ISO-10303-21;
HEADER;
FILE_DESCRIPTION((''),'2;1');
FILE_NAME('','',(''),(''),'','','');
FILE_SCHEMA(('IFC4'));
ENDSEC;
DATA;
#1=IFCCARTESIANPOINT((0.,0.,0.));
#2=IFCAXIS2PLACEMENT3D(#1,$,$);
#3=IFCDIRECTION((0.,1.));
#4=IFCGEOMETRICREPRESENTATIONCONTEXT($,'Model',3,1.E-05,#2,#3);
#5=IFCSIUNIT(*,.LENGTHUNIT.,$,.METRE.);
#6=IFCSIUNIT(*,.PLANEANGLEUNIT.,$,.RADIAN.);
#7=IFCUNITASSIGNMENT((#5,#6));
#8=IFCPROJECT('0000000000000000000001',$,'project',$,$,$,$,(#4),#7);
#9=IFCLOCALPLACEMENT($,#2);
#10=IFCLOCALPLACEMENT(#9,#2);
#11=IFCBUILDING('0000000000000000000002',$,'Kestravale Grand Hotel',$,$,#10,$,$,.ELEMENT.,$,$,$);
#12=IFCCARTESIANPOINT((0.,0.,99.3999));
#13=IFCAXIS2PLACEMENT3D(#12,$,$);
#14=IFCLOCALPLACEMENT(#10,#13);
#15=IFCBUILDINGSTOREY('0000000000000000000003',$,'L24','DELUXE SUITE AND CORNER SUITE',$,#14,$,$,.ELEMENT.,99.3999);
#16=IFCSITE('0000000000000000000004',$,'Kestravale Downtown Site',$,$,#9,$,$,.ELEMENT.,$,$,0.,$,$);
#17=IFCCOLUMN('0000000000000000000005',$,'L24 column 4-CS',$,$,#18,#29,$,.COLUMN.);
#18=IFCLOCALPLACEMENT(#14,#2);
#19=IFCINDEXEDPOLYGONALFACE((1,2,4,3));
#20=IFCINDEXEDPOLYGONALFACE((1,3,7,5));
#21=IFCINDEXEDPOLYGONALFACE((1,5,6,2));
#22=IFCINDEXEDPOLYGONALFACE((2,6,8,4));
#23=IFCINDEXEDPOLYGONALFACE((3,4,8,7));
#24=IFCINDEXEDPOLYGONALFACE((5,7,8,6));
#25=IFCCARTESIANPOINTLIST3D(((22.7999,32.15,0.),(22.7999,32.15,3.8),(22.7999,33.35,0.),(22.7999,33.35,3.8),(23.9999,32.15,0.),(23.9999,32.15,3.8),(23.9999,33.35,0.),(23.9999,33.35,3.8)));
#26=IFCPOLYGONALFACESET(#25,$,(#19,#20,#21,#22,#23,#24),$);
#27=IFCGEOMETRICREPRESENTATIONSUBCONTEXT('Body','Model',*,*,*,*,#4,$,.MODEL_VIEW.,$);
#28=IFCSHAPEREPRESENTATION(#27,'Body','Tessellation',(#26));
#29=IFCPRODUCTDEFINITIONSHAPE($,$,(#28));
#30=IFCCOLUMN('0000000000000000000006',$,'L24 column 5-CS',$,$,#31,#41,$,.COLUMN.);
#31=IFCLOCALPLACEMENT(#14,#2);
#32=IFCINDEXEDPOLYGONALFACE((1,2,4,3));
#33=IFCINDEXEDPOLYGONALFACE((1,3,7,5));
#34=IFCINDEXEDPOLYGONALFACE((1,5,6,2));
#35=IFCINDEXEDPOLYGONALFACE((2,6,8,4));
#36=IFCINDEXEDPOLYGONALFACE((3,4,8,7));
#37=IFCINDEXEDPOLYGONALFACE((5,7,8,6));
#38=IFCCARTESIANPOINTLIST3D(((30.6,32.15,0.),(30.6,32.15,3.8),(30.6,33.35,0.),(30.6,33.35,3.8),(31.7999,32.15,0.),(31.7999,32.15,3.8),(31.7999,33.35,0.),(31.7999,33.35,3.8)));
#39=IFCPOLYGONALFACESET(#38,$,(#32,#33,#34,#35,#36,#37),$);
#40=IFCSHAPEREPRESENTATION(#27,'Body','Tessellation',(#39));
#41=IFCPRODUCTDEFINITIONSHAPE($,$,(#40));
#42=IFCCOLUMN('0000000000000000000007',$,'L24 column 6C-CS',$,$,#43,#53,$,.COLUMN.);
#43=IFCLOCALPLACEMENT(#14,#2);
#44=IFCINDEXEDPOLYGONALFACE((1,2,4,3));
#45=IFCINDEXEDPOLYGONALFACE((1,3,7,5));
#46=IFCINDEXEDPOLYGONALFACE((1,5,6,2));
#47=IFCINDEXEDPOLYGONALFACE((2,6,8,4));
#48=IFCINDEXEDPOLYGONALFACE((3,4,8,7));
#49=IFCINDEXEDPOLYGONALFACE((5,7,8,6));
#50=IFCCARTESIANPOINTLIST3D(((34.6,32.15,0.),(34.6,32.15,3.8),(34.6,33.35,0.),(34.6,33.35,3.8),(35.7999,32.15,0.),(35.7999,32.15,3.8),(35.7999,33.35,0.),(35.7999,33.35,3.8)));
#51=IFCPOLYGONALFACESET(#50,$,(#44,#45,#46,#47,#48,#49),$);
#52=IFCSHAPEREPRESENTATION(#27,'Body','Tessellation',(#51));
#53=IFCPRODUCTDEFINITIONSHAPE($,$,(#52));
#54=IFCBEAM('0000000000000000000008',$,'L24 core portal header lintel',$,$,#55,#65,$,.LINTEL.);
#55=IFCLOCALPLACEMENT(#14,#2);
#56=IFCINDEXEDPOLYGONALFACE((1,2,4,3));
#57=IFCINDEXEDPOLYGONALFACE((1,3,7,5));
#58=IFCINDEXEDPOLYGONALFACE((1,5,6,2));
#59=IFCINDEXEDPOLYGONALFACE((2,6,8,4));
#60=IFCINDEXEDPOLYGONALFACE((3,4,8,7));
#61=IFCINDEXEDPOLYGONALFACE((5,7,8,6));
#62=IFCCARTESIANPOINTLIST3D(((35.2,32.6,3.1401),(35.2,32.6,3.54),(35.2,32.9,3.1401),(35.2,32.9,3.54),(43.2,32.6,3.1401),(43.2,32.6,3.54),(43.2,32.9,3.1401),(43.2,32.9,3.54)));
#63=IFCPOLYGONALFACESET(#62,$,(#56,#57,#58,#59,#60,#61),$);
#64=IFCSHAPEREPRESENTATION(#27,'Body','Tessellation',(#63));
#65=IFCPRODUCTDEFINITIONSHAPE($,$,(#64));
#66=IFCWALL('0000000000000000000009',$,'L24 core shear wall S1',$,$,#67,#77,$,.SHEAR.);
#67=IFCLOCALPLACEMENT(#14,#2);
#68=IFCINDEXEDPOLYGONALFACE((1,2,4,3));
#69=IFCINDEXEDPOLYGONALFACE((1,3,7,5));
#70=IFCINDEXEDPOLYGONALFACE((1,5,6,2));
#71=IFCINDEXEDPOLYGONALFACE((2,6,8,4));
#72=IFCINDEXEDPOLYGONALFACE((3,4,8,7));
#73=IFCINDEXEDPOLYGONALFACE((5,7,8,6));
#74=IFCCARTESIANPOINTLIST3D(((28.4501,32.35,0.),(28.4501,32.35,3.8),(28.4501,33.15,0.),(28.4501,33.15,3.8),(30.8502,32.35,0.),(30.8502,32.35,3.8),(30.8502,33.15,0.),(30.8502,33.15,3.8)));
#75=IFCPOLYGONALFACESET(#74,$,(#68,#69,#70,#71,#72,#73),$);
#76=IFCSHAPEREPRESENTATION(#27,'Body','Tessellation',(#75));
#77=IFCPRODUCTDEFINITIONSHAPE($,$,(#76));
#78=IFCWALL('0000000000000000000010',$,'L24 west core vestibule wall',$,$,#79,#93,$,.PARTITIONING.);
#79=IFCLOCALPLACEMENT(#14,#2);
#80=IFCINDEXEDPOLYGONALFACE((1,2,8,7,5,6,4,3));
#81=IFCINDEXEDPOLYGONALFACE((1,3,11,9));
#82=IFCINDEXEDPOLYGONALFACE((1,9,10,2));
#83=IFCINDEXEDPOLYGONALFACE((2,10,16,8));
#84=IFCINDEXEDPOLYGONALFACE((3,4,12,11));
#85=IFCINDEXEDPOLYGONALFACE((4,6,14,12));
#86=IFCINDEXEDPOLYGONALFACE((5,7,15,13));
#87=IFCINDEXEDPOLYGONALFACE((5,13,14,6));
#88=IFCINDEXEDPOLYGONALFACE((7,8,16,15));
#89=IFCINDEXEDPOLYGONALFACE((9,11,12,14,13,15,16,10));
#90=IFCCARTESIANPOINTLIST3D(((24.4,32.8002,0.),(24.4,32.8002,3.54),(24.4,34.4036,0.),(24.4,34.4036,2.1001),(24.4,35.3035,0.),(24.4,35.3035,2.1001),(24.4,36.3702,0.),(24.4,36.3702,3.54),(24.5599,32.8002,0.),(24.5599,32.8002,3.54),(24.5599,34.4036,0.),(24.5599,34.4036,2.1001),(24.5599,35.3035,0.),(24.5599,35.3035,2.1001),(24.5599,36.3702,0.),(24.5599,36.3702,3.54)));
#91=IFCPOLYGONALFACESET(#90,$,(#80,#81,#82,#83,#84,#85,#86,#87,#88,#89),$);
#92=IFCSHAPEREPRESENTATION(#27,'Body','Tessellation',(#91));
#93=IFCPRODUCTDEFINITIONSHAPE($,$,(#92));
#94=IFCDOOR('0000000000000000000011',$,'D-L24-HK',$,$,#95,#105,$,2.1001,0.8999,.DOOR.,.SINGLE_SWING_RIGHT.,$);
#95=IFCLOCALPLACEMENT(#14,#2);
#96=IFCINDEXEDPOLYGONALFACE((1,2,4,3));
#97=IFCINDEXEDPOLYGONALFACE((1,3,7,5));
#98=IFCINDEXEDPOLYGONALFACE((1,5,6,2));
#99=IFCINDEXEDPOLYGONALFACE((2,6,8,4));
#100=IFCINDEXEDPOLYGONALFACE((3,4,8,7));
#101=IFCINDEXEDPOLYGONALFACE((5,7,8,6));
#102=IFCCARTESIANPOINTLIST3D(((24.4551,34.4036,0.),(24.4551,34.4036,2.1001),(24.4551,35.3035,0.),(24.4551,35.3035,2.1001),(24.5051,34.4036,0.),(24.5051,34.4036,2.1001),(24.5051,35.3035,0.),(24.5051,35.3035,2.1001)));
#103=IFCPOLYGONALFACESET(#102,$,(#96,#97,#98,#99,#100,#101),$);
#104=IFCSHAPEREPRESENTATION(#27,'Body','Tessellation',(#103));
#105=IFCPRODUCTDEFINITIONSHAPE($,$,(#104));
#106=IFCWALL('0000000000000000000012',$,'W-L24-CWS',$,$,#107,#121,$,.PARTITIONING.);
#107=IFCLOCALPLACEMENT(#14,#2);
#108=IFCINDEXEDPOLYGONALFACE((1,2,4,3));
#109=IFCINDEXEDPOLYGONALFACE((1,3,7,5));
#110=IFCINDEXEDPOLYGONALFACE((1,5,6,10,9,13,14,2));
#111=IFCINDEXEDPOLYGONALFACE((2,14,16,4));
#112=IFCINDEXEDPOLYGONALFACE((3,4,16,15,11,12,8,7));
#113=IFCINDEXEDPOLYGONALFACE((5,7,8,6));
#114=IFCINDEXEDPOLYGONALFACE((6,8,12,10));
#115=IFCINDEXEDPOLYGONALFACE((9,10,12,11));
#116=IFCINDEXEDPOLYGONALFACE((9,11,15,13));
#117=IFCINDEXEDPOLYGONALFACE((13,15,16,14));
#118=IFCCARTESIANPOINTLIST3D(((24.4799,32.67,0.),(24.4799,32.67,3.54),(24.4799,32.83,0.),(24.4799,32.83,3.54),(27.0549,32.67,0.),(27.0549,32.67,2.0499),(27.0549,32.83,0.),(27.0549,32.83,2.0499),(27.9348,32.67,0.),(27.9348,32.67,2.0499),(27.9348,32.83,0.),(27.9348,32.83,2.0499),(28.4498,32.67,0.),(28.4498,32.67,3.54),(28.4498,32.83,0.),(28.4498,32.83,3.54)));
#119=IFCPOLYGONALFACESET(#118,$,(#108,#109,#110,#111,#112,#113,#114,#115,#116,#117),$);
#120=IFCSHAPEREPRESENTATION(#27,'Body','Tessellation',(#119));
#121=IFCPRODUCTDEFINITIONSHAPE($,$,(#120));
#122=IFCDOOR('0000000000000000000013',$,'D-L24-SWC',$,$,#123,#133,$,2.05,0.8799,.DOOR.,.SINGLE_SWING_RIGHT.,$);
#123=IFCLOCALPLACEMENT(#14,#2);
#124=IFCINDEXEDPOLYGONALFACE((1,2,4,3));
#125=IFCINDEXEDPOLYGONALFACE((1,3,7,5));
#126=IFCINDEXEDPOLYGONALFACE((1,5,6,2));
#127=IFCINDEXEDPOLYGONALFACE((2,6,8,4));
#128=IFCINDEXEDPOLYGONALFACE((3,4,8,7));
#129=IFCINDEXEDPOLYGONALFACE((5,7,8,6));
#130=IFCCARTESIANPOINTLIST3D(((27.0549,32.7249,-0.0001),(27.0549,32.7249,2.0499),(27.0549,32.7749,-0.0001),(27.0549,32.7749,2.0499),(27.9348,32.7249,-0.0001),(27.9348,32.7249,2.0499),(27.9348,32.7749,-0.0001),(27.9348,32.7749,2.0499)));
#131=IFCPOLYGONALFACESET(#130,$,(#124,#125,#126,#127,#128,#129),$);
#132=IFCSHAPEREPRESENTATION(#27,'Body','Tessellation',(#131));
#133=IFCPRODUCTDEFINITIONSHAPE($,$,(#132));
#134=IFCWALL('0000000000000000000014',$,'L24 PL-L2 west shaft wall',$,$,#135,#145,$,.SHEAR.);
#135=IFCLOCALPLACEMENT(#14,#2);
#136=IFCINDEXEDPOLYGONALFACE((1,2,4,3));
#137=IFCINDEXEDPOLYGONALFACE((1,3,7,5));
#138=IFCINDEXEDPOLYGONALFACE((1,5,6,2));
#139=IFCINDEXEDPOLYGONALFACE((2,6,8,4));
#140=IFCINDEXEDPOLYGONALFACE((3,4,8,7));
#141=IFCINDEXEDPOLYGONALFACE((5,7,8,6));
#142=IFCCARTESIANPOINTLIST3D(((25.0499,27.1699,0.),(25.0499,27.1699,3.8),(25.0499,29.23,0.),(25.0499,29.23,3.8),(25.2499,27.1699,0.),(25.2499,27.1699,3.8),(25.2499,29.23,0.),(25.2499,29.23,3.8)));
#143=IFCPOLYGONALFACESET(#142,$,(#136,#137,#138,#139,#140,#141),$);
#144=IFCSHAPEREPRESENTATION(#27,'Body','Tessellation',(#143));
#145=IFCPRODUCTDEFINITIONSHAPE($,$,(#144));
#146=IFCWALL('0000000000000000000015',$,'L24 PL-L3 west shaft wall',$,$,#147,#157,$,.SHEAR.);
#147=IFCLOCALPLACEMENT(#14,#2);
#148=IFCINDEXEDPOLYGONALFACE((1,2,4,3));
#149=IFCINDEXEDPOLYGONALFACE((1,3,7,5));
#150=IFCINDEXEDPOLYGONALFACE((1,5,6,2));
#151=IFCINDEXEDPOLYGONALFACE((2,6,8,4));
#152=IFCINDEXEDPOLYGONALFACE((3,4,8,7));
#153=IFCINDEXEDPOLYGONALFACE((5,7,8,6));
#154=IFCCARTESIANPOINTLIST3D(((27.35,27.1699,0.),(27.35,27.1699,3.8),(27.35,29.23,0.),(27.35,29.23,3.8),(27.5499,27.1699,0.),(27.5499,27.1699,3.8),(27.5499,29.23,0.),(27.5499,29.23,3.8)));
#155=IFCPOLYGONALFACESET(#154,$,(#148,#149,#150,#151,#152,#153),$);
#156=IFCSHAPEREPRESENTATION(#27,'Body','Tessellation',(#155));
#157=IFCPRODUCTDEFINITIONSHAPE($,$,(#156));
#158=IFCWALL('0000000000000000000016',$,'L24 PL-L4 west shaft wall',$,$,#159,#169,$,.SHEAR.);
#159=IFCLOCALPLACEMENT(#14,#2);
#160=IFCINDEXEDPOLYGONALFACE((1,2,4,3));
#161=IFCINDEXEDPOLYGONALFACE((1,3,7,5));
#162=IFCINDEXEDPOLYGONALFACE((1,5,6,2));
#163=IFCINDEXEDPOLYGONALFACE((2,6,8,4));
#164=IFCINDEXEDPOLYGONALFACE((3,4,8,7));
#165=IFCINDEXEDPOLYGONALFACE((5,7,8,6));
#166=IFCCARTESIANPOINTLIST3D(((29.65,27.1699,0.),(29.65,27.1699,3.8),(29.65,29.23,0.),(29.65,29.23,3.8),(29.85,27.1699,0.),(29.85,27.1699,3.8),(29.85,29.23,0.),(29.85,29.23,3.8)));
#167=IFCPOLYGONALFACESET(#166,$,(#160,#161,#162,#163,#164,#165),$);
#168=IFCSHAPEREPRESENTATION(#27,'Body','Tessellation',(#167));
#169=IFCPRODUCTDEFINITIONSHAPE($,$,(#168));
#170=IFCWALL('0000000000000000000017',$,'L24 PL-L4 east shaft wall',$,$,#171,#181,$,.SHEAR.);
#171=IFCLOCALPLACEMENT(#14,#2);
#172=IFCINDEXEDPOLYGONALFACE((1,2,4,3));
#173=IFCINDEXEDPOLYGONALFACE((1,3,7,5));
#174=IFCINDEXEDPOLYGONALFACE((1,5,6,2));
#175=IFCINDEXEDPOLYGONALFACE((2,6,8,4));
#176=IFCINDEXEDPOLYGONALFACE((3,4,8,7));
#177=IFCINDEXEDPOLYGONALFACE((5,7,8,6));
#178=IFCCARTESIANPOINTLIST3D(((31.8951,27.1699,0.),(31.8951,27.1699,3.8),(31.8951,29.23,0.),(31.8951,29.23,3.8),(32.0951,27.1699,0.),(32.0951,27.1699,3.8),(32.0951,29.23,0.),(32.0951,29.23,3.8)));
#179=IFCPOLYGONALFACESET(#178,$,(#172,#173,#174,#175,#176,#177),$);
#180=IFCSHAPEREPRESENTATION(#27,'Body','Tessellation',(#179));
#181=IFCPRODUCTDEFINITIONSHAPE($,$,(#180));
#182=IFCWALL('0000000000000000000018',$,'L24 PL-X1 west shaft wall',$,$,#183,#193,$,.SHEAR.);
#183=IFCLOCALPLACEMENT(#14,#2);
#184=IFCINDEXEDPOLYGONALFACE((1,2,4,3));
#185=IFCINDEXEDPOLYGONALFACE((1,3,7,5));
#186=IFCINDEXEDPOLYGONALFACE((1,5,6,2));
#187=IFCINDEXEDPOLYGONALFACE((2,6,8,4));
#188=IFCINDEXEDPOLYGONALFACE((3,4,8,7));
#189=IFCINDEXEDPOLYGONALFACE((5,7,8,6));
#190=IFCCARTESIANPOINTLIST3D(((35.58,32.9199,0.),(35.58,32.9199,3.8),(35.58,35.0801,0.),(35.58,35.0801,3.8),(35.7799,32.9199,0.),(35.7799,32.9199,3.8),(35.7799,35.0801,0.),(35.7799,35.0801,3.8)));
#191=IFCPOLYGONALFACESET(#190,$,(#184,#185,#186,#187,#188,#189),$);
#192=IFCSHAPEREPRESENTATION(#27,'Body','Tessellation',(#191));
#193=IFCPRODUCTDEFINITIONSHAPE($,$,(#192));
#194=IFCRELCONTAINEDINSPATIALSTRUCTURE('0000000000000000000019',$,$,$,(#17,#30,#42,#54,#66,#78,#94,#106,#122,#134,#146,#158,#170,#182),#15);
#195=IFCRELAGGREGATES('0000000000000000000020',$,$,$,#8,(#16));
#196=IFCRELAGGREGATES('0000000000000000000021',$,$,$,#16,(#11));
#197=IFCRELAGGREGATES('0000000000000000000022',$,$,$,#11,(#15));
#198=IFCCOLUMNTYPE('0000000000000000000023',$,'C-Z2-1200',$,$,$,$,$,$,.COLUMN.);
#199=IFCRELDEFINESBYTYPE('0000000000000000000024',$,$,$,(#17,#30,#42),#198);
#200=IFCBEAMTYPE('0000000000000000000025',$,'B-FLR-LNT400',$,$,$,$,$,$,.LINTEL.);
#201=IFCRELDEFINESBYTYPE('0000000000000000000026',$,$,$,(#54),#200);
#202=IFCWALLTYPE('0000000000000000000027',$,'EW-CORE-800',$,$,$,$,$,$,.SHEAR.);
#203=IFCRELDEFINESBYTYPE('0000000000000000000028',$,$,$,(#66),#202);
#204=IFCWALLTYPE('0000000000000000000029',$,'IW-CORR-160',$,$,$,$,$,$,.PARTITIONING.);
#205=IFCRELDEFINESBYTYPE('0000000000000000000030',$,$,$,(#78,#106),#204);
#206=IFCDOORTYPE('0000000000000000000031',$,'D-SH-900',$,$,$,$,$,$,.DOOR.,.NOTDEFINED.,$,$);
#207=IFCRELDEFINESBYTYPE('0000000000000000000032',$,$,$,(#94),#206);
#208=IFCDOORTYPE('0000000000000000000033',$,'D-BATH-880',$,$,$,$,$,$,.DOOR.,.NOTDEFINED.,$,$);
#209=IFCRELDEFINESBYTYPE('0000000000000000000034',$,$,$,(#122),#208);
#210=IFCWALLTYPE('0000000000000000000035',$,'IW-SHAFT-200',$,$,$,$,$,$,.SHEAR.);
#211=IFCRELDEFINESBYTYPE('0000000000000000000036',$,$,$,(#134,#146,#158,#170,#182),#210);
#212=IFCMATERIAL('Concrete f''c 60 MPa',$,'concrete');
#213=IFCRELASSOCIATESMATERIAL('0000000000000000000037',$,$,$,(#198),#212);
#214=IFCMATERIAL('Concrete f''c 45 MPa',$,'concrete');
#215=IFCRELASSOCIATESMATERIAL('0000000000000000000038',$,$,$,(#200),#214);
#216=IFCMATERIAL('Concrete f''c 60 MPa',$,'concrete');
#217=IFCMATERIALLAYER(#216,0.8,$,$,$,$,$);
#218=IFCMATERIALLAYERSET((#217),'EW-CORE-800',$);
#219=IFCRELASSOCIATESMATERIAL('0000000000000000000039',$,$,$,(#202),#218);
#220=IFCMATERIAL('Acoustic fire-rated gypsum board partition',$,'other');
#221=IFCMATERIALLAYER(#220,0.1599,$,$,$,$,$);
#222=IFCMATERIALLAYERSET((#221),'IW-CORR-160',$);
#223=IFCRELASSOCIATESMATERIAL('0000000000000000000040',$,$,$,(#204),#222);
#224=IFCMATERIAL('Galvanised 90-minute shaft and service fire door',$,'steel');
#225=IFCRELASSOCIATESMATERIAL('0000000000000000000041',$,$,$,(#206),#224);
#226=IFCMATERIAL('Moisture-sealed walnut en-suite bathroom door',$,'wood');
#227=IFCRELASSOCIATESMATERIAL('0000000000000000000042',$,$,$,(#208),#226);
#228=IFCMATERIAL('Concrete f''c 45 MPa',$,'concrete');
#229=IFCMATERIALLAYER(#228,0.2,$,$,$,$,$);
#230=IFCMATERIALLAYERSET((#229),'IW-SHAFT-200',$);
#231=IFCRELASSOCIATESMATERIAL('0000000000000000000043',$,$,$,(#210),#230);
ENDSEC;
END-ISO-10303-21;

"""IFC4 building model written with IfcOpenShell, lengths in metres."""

from ifc_helpers import new_model, si_unit, direction, frame, frame_2d, origin, origin_2d, place, context, subcontext, project, spatial, rectangle, extrude, material, layer, layer_set, material_profile, profile_set, type_object, element, fill, save


model = new_model("IFC4")

# Units and contexts
model_context = context("Model", 3, precision=1e-05, world=origin(), true_north=direction((0.0, 1.0)))
body_context = subcontext(model_context, "Body", "Model", "MODEL_VIEW")
ifc_project = project(units=[si_unit("LENGTHUNIT", "METRE"), si_unit("PLANEANGLEUNIT", "RADIAN")], contexts=[model_context])

# Site, building, storey
site_placement = place(None, origin())
site = spatial("IfcSite", under=ifc_project, at=site_placement, Name="Kestravale Downtown Site", CompositionType="ELEMENT", RefElevation=0.0)
building_placement = place(site_placement, origin())
building = spatial("IfcBuilding", under=site, at=building_placement, Name="Kestravale Grand Hotel", CompositionType="ELEMENT")
storey_placement = place(building_placement, frame((0.0, 0.0, 99.3999)))
storey = spatial("IfcBuildingStorey", under=building, at=storey_placement, Name="L24", Description="DELUXE SUITE AND CORNER SUITE", CompositionType="ELEMENT", Elevation=99.3999)

# Columns
ifc_material_1 = material(Name="Concrete f'c 60 MPa", Category="concrete")
ifc_material_profile_1 = material_profile(ifc_material_1, rectangle(XDim=1.2, YDim=1.2, at=origin_2d()))
ifc_profile_set_1 = profile_set([ifc_material_profile_1], Name="Concrete f'c 60 MPa")
column_type = type_object("IfcColumnType", Name="C-Z2-1200", PredefinedType="COLUMN", material=ifc_profile_set_1)
for number, where, z_axis, x_axis, name in (
    (1, (23.3999, 32.75, 0.0), (0.0, 0.0, 1.0), (1.0, 0.0, 0.0), "L24 column 4-CS"),
    (2, (31.2, 32.75, 0.0), (0.0, 0.0, 1.0), (1.0, 0.0, 0.0), "L24 column 5-CS"),
    (3, (35.2, 32.75, 0.0), (0.0, 0.0, 1.0), (1.0, 0.0, 0.0), "L24 column 6C-CS"),
):
    element("IfcColumn", number, at=place(storey_placement, frame(where, z_axis=z_axis, x_axis=x_axis)), inside=storey, type_object=column_type, Name=name, PredefinedType="COLUMN", context=body_context, shape_type="SweptSolid", body=[
        extrude(rectangle(XDim=1.2, YDim=1.2, at=origin_2d()), origin(), (0.0, 0.0, 1.0), 3.8),
    ])

# Beam
ifc_material_2 = material(Name="Concrete f'c 45 MPa", Category="concrete")
ifc_material_profile_2 = material_profile(ifc_material_2, rectangle(XDim=0.3, YDim=0.3999, at=origin_2d()))
ifc_profile_set_2 = profile_set([ifc_material_profile_2], Name="Concrete f'c 45 MPa")
beam_type = type_object("IfcBeamType", Name="B-FLR-LNT400", PredefinedType="LINTEL", material=ifc_profile_set_2)
beam_placement = place(storey_placement, frame((35.2, 32.75, 3.3401), z_axis=(1.0, 0.0, 0.0), x_axis=(0.0, 1.0, 0.0)))
element("IfcBeam", 4, at=beam_placement, inside=storey, type_object=beam_type, Name="L24 core portal header lintel", PredefinedType="LINTEL", context=body_context, shape_type="SweptSolid", body=[
    extrude(rectangle(XDim=0.3, YDim=0.3999, at=origin_2d()), origin(), (0.0, 0.0, 1.0), 8.0),
])

# Wall
ifc_material_3 = material(Name="Concrete f'c 60 MPa", Category="concrete")
ifc_layer_1 = layer(ifc_material_3, 0.8)
ifc_layer_set_1 = layer_set([ifc_layer_1], Name="EW-CORE-800")
wall_type_1 = type_object("IfcWallType", Name="EW-CORE-800", PredefinedType="SHEAR", material=ifc_layer_set_1)
wall_1_placement = place(storey_placement, frame((28.45, 32.75, 0.0), z_axis=(0.0, 0.0, 1.0), x_axis=(1.0, 0.0, 0.0)))
element("IfcWall", 5, at=wall_1_placement, inside=storey, type_object=wall_type_1, Name="L24 core shear wall S1", PredefinedType="SHEAR", context=body_context, shape_type="SweptSolid", body=[
    extrude(rectangle(XDim=2.4001, YDim=0.8, at=frame_2d((1.2002, 0.0))), origin(), (0.0, 0.0, 1.0), 3.8),
])

# Walls, openings, doors
ifc_material_4 = material(Name="Acoustic fire-rated gypsum board partition", Category="other")
ifc_layer_2 = layer(ifc_material_4, 0.1599)
ifc_layer_set_2 = layer_set([ifc_layer_2], Name="IW-CORR-160")
wall_type_2 = type_object("IfcWallType", Name="IW-CORR-160", PredefinedType="PARTITIONING", material=ifc_layer_set_2)
wall_2_placement = place(storey_placement, frame((24.48, 32.8, 0.0), z_axis=(0.0, 0.0, 1.0), x_axis=(0.0, 1.0, 0.0)))
wall_2 = element("IfcWall", 6, at=wall_2_placement, inside=storey, type_object=wall_type_2, Name="L24 west core vestibule wall", PredefinedType="PARTITIONING", context=body_context, shape_type="SweptSolid", body=[
    extrude(rectangle(XDim=3.5701, YDim=0.1599, at=frame_2d((1.7852, 0.0))), origin(), (0.0, 0.0, 1.0), 3.54),
])
opening_1_placement = place(wall_2_placement, frame((1.6035, 0.0, 0.0)))
opening_1 = element("IfcOpeningElement", 7, at=opening_1_placement, cuts=wall_2, PredefinedType="OPENING", context=body_context, shape_type="SweptSolid", body=[
    extrude(rectangle(XDim=0.8999, YDim=2.1001, at=frame_2d((0.45, 1.05))), frame((0.0, 0.0898, 0.0), z_axis=(0.0, -1.0, 0.0), x_axis=(1.0, 0.0, 0.0)), (0.0, 0.0, 1.0), 0.1799),
])
ifc_material_5 = material(Name="Galvanised 90-minute shaft and service fire door", Category="steel")
door_type_1 = type_object("IfcDoorType", Name="D-SH-900", OperationType="NOTDEFINED", PredefinedType="DOOR", material=ifc_material_5)
door_1_placement = place(opening_1_placement, origin())
door_1 = element("IfcDoor", 8, at=door_1_placement, inside=storey, type_object=door_type_1, Name="D-L24-HK", OperationType="SINGLE_SWING_RIGHT", OverallHeight=2.1001, OverallWidth=0.8999, PredefinedType="DOOR", context=body_context, shape_type="SweptSolid", body=[
    extrude(rectangle(XDim=0.8999, YDim=2.1001, at=frame_2d((0.45, 1.05))), frame((0.0, 0.0249, 0.0), z_axis=(0.0, -1.0, 0.0), x_axis=(1.0, 0.0, 0.0)), (0.0, 0.0, 1.0), 0.05),
])
fill(opening_1, door_1)
wall_3_placement = place(storey_placement, frame((24.48, 32.75, 0.0), z_axis=(0.0, 0.0, 1.0), x_axis=(1.0, 0.0, 0.0)))
wall_3 = element("IfcWall", 9, at=wall_3_placement, inside=storey, type_object=wall_type_2, Name="W-L24-CWS", PredefinedType="PARTITIONING", context=body_context, shape_type="SweptSolid", body=[
    extrude(rectangle(XDim=3.97, YDim=0.1599, at=frame_2d((1.9849, 0.0))), origin(), (0.0, 0.0, 1.0), 3.54),
])
opening_2_placement = place(wall_3_placement, frame((2.575, 0.0, 0.0)))
opening_2 = element("IfcOpeningElement", 10, at=opening_2_placement, cuts=wall_3, PredefinedType="OPENING", context=body_context, shape_type="SweptSolid", body=[
    extrude(rectangle(XDim=0.8799, YDim=2.05, at=frame_2d((0.4399, 1.0249))), frame((0.0, 0.0898, 0.0), z_axis=(0.0, -1.0, 0.0), x_axis=(1.0, 0.0, 0.0)), (0.0, 0.0, 1.0), 0.1799),
])
ifc_material_6 = material(Name="Moisture-sealed walnut en-suite bathroom door", Category="wood")
door_type_2 = type_object("IfcDoorType", Name="D-BATH-880", OperationType="NOTDEFINED", PredefinedType="DOOR", material=ifc_material_6)
door_2_placement = place(opening_2_placement, origin())
door_2 = element("IfcDoor", 11, at=door_2_placement, inside=storey, type_object=door_type_2, Name="D-L24-SWC", OperationType="SINGLE_SWING_RIGHT", OverallHeight=2.05, OverallWidth=0.8799, PredefinedType="DOOR", context=body_context, shape_type="SweptSolid", body=[
    extrude(rectangle(XDim=0.8799, YDim=2.05, at=frame_2d((0.4399, 1.0249))), frame((0.0, 0.0249, 0.0), z_axis=(0.0, -1.0, 0.0), x_axis=(1.0, 0.0, 0.0)), (0.0, 0.0, 1.0), 0.05),
])
fill(opening_2, door_2)

# Walls
ifc_material_7 = material(Name="Concrete f'c 45 MPa", Category="concrete")
ifc_layer_3 = layer(ifc_material_7, 0.2)
ifc_layer_set_3 = layer_set([ifc_layer_3], Name="IW-SHAFT-200")
wall_type_3 = type_object("IfcWallType", Name="IW-SHAFT-200", PredefinedType="SHEAR", material=ifc_layer_set_3)
for number, where, z_axis, x_axis, name in (
    (12, (25.1499, 27.1699, 0.0), (0.0, 0.0, 1.0), (0.0, 1.0, 0.0), "L24 PL-L2 west shaft wall"),
    (13, (27.45, 27.1699, 0.0), (0.0, 0.0, 1.0), (0.0, 1.0, 0.0), "L24 PL-L3 west shaft wall"),
    (14, (29.75, 27.1699, 0.0), (0.0, 0.0, 1.0), (0.0, 1.0, 0.0), "L24 PL-L4 west shaft wall"),
    (15, (31.9951, 27.1699, 0.0), (0.0, 0.0, 1.0), (0.0, 1.0, 0.0), "L24 PL-L4 east shaft wall"),
):
    element("IfcWall", number, at=place(storey_placement, frame(where, z_axis=z_axis, x_axis=x_axis)), inside=storey, type_object=wall_type_3, Name=name, PredefinedType="SHEAR", context=body_context, shape_type="SweptSolid", body=[
        extrude(rectangle(XDim=2.0601, YDim=0.2, at=frame_2d((1.03, 0.0))), origin(), (0.0, 0.0, 1.0), 3.8),
    ])
wall_4_placement = place(storey_placement, frame((35.6799, 32.9199, 0.0), z_axis=(0.0, 0.0, 1.0), x_axis=(0.0, 1.0, 0.0)))
element("IfcWall", 16, at=wall_4_placement, inside=storey, type_object=wall_type_3, Name="L24 PL-X1 west shaft wall", PredefinedType="SHEAR", context=body_context, shape_type="SweptSolid", body=[
    extrude(rectangle(XDim=2.1602, YDim=0.2, at=frame_2d((1.0801, 0.0))), origin(), (0.0, 0.0, 1.0), 3.8),
])

save(model, "model.ifc")
